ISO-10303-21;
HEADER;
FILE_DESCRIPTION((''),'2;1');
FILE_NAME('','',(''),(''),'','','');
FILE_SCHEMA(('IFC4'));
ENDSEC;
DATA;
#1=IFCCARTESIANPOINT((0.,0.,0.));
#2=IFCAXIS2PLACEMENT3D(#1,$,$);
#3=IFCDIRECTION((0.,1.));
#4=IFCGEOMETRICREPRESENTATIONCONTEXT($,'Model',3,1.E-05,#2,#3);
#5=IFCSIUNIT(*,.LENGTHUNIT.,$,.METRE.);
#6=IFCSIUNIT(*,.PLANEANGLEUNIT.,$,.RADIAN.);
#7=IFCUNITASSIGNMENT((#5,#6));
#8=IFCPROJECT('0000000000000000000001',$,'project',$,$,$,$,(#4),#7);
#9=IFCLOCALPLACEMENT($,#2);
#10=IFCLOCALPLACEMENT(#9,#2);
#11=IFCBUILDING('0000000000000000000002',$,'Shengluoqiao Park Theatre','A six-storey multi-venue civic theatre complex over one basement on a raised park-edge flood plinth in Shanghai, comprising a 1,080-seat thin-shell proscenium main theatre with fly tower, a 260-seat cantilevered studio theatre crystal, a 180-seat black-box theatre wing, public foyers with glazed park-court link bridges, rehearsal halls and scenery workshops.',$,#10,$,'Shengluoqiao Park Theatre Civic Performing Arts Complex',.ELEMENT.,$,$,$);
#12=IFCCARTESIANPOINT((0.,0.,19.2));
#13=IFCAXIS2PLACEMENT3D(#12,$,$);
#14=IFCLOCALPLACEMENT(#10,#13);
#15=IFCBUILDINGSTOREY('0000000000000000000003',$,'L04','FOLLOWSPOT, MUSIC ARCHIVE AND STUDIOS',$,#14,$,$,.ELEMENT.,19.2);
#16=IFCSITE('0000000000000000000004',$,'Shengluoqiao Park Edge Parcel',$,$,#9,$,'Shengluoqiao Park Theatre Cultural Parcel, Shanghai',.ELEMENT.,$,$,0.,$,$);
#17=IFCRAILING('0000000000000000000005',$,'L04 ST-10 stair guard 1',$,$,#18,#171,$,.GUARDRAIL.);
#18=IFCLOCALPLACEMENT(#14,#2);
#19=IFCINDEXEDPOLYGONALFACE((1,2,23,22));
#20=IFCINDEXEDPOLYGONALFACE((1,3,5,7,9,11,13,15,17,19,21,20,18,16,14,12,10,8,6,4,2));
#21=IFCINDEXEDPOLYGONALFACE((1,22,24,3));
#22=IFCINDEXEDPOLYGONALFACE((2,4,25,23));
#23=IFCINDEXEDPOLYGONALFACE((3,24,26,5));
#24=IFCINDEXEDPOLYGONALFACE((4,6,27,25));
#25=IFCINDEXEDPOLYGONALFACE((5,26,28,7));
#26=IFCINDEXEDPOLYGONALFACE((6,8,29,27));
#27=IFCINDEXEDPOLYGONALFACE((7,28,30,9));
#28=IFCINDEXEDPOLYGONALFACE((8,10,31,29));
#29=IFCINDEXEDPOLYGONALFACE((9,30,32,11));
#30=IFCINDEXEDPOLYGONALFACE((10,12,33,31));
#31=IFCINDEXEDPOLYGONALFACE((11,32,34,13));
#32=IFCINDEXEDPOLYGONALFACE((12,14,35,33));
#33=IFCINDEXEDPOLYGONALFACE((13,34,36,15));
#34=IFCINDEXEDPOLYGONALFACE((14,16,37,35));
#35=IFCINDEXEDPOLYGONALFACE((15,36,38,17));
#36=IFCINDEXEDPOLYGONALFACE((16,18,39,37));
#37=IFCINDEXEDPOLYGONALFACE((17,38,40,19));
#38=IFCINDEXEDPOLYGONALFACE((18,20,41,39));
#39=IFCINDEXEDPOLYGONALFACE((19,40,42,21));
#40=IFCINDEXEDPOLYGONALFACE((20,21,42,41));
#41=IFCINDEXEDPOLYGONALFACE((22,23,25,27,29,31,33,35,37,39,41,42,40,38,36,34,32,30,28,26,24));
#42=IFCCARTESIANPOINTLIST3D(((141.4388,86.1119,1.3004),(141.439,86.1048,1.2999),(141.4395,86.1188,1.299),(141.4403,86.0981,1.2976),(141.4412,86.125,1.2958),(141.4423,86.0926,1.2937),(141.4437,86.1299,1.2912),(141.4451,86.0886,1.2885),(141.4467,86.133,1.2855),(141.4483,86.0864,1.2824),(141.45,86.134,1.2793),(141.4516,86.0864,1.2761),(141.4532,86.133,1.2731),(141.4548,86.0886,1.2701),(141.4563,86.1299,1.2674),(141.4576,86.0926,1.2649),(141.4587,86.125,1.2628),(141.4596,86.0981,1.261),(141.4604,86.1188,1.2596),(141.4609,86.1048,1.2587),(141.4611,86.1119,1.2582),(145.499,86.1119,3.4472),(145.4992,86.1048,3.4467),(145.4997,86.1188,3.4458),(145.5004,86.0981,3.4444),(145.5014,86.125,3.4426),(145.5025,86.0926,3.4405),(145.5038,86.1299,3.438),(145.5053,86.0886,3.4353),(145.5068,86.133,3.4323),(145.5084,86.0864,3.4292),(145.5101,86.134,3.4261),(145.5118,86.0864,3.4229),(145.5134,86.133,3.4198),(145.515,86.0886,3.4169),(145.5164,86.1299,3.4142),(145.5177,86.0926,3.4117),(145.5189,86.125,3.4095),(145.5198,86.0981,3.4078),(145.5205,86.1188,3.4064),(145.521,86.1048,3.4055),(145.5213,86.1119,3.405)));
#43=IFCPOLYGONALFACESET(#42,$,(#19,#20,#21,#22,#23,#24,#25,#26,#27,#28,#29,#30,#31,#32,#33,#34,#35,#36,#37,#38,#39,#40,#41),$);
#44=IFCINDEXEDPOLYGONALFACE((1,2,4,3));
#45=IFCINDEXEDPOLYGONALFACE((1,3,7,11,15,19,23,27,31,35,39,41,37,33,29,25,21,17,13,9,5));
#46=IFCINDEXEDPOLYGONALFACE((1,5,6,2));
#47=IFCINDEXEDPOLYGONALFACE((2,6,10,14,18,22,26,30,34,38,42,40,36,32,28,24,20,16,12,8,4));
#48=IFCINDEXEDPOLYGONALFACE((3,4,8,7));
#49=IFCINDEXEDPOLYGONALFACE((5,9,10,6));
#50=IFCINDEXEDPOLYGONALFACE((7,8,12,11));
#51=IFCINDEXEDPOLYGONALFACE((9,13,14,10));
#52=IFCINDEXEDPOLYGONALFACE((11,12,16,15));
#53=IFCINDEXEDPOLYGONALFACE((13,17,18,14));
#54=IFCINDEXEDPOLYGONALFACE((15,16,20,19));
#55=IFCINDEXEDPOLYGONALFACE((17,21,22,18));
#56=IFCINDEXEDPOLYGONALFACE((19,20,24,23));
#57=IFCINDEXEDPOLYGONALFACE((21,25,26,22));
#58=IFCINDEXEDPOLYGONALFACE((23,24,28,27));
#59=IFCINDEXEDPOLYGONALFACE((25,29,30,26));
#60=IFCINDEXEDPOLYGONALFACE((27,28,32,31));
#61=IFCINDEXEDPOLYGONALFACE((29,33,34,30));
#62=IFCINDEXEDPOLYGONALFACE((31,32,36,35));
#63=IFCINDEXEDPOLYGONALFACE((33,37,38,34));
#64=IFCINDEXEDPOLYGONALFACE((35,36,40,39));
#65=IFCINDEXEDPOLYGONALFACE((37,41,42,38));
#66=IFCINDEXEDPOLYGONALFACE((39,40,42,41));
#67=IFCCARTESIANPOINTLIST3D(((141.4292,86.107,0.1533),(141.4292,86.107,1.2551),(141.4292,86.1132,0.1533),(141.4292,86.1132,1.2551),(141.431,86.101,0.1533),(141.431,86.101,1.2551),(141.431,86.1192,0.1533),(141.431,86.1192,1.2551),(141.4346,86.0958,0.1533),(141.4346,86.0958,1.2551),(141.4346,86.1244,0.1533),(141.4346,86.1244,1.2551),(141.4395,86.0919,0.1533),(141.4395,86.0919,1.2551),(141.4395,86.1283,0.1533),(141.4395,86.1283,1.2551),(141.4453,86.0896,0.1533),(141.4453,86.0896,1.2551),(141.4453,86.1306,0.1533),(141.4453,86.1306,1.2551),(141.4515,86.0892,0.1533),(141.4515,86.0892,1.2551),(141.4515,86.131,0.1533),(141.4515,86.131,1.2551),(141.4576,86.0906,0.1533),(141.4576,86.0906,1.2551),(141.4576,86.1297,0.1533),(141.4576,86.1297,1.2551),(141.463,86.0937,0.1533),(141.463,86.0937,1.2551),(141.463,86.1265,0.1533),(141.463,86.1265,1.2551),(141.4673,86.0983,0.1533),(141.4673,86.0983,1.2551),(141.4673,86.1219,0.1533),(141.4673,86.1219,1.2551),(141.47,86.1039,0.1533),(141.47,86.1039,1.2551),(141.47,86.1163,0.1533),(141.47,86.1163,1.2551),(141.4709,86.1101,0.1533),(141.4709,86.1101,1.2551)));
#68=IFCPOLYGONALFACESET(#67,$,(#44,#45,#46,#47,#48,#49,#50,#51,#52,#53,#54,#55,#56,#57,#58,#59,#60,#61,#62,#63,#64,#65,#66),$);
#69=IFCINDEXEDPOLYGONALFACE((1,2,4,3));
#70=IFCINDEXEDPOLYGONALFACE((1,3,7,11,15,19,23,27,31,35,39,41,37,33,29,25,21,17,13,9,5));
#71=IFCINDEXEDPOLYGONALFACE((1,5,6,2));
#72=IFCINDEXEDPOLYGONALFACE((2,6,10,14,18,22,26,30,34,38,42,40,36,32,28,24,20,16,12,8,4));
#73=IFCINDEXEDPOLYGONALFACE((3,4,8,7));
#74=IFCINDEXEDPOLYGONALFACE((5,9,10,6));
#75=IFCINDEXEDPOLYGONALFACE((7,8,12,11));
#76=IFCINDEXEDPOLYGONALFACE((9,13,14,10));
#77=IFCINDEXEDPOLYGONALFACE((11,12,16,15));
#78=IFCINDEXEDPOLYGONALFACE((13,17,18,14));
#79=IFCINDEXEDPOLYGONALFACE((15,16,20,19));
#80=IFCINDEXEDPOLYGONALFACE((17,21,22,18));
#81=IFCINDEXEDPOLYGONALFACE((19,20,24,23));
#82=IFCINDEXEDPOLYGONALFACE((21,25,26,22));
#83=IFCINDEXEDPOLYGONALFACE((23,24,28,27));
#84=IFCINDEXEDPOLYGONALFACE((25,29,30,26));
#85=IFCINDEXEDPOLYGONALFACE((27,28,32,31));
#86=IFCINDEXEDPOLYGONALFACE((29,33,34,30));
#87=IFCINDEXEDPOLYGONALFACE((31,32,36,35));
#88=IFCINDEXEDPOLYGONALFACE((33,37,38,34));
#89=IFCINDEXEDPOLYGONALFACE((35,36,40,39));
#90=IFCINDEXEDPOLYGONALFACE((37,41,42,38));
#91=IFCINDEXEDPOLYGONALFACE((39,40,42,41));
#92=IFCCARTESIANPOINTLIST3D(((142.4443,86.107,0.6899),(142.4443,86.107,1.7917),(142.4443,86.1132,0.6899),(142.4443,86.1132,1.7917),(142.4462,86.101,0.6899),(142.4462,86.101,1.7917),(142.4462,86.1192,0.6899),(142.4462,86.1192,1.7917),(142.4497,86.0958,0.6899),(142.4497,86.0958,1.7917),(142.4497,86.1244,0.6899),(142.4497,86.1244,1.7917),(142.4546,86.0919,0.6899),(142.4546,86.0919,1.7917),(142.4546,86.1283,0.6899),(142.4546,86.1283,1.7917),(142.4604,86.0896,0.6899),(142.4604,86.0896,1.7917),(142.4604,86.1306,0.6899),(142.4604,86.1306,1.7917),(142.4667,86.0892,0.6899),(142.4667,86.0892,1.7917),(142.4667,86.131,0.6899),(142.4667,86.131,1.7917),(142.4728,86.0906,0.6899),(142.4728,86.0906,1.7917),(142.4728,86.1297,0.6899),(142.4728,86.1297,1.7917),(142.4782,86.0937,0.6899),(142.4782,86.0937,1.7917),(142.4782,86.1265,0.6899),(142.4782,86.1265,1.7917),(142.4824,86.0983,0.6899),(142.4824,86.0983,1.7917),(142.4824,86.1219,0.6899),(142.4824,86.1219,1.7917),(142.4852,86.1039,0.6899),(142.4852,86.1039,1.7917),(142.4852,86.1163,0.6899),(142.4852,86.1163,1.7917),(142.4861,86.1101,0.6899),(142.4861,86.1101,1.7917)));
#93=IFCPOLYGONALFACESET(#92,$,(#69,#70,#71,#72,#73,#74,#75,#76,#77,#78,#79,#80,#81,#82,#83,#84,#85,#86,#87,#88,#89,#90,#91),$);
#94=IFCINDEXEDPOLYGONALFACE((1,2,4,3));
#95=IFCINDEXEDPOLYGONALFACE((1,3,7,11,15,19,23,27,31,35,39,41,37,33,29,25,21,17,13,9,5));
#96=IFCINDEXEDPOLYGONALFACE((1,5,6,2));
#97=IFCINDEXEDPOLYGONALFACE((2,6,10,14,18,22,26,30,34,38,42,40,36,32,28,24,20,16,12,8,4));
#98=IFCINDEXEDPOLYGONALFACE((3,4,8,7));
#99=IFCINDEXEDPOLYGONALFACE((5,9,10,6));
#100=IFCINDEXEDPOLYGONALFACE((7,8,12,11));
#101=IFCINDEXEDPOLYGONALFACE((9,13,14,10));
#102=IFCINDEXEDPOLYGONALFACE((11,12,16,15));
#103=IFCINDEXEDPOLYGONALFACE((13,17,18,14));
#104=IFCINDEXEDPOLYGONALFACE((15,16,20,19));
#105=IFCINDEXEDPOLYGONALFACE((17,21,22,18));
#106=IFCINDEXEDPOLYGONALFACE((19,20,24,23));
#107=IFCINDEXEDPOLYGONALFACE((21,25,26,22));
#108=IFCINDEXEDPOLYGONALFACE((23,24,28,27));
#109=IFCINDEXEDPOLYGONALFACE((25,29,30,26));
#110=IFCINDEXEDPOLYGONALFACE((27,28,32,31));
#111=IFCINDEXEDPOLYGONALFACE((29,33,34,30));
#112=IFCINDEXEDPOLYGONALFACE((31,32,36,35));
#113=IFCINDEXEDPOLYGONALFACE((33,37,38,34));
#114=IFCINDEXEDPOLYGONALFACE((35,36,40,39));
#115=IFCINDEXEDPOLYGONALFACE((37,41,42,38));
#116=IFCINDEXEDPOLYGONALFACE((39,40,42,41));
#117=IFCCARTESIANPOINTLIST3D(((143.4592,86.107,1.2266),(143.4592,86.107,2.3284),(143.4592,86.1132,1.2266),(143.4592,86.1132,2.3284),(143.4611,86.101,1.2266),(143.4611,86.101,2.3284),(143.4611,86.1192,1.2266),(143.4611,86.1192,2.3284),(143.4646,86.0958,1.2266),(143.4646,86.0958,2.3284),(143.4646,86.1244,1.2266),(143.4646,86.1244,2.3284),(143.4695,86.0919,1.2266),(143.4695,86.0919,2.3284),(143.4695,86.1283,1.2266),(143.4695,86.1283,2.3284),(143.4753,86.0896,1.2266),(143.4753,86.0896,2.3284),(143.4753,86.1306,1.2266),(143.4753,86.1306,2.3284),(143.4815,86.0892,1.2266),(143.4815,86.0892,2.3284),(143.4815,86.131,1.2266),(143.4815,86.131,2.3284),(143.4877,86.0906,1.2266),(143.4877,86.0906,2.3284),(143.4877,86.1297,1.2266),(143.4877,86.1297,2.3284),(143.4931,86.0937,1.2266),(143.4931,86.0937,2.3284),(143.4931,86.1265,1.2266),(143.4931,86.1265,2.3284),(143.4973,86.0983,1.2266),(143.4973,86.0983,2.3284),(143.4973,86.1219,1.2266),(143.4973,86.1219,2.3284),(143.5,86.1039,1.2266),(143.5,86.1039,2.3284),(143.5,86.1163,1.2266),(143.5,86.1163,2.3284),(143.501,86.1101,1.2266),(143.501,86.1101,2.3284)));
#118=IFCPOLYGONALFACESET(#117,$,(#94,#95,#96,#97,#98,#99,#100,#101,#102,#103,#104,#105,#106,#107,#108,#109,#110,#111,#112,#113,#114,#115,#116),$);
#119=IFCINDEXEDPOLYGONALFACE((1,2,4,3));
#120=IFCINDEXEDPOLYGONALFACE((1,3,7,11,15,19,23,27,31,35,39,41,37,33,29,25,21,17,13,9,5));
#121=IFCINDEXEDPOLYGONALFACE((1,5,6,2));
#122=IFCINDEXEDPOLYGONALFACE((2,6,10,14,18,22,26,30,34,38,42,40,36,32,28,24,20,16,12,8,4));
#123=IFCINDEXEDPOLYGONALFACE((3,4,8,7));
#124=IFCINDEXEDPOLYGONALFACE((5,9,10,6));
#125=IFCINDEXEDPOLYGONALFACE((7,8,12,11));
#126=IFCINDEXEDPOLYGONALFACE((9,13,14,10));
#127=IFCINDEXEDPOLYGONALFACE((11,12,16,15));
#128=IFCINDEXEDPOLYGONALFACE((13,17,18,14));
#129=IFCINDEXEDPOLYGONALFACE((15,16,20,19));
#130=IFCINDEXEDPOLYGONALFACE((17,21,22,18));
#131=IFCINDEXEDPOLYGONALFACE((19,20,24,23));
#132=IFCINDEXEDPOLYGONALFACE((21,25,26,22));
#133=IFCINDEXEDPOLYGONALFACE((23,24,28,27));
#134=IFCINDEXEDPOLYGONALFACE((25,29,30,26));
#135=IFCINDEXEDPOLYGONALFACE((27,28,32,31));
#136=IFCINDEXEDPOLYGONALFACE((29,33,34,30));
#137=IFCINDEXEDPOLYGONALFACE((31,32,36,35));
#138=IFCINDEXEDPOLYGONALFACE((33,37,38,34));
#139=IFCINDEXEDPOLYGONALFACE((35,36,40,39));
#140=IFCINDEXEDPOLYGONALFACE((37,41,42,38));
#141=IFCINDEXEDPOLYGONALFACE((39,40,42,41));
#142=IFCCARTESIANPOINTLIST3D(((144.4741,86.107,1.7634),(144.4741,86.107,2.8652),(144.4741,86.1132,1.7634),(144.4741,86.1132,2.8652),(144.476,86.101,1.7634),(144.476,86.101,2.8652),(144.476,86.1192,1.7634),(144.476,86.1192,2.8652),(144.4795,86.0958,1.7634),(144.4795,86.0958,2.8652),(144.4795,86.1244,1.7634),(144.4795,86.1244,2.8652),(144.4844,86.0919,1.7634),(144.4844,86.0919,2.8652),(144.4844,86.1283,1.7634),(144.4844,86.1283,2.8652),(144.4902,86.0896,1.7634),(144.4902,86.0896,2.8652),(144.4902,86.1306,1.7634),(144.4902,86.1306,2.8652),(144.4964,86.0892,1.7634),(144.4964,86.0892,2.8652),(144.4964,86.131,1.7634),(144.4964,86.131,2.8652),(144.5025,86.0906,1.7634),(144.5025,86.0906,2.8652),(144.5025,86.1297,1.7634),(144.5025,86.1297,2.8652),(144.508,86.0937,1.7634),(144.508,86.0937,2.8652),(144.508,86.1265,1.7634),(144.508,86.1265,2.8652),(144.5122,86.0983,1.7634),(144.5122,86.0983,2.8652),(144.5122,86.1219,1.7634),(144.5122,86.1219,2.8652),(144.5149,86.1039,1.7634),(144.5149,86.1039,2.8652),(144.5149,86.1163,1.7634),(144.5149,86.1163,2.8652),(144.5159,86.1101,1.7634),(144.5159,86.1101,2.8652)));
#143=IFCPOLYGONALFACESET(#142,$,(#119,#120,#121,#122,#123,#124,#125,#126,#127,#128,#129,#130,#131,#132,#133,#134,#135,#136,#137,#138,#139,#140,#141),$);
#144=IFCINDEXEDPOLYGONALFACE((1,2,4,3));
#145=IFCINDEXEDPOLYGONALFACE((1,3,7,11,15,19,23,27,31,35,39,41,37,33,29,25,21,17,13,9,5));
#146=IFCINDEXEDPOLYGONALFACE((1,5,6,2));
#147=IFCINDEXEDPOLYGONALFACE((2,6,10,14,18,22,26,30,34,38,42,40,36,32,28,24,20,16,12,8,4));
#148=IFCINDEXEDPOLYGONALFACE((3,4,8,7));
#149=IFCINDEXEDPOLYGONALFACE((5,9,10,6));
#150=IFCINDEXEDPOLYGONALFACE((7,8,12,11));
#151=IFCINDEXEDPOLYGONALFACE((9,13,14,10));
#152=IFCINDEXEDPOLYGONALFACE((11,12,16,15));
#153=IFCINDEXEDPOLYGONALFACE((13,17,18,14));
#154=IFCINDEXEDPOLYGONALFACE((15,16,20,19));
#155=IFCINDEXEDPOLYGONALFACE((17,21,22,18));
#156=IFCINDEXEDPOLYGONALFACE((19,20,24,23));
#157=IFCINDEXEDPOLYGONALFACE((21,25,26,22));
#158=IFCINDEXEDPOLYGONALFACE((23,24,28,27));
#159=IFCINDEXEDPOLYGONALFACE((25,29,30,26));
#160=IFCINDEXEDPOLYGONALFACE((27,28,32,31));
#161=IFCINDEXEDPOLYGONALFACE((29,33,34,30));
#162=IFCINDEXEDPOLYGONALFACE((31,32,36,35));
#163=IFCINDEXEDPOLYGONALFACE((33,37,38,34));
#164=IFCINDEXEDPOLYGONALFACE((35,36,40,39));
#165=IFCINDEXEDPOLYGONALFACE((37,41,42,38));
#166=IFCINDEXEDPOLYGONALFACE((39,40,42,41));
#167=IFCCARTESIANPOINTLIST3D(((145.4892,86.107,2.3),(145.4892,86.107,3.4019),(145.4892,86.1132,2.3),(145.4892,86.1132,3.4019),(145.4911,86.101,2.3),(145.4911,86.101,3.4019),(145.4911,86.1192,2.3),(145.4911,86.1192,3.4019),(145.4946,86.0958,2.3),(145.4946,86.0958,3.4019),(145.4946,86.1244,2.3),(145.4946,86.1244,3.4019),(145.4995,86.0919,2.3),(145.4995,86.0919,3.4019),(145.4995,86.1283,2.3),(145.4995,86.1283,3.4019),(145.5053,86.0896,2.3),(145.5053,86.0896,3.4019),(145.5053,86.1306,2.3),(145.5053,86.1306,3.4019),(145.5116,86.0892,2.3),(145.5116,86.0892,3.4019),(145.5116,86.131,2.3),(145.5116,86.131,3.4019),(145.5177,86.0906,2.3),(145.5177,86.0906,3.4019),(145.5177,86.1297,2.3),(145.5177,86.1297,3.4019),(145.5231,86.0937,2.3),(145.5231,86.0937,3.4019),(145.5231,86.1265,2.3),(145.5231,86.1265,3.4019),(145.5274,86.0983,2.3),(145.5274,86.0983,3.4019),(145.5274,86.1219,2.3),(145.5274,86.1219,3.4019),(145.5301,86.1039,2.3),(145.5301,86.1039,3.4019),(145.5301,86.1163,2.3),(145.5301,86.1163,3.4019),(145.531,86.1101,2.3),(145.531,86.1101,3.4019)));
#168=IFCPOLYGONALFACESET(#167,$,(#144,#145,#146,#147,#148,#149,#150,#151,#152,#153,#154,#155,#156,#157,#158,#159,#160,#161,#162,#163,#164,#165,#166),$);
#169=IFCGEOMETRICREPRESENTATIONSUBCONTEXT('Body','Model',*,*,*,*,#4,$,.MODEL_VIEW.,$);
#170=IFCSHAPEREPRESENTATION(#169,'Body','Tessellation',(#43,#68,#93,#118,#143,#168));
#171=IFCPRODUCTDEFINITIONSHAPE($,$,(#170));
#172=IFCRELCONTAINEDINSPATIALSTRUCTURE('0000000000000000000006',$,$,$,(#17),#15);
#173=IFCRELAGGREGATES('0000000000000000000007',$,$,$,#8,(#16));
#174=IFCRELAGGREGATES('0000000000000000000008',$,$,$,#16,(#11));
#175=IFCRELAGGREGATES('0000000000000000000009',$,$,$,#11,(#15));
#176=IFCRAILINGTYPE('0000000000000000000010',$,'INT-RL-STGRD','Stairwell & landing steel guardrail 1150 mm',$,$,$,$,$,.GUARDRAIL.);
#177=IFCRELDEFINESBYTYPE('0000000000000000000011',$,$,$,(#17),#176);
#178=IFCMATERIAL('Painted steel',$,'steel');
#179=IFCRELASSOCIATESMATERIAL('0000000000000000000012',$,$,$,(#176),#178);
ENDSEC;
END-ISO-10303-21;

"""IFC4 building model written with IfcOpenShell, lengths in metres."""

from ifc_helpers import new_model, si_unit, direction, frame, origin, origin_2d, place, context, subcontext, project, spatial, circle, extrude, material, type_object, element, save


model = new_model("IFC4")

# Units and contexts
model_context = context("Model", 3, precision=1e-05, world=origin(), true_north=direction((0.0, 1.0)))
body_context = subcontext(model_context, "Body", "Model", "MODEL_VIEW")
ifc_project = project(units=[si_unit("LENGTHUNIT", "METRE"), si_unit("PLANEANGLEUNIT", "RADIAN")], contexts=[model_context])

# Site, building, storey
site_placement = place(None, origin())
site = spatial("IfcSite", under=ifc_project, at=site_placement, Name="Shengluoqiao Park Edge Parcel", LongName="Shengluoqiao Park Theatre Cultural Parcel, Shanghai", CompositionType="ELEMENT", RefElevation=0.0)
building_placement = place(site_placement, origin())
building = spatial("IfcBuilding", under=site, at=building_placement, Name="Shengluoqiao Park Theatre", Description="A six-storey multi-venue civic theatre complex over one basement on a raised park-edge flood plinth in Shanghai, comprising a 1,080-seat thin-shell proscenium main theatre with fly tower, a 260-seat cantilevered studio theatre crystal, a 180-seat black-box theatre wing, public foyers with glazed park-court link bridges, rehearsal halls and scenery workshops.", LongName="Shengluoqiao Park Theatre Civic Performing Arts Complex", CompositionType="ELEMENT")
storey_placement = place(building_placement, frame((0.0, 0.0, 19.2)))
storey = spatial("IfcBuildingStorey", under=building, at=storey_placement, Name="L04", Description="FOLLOWSPOT, MUSIC ARCHIVE AND STUDIOS", CompositionType="ELEMENT", Elevation=19.2)

# Railing
ifc_material_1 = material(Name="Painted steel", Category="steel")
railing_type_1 = type_object("IfcRailingType", Name="INT-RL-STGRD", Description="Stairwell & landing steel guardrail 1150 mm", PredefinedType="GUARDRAIL", material=ifc_material_1)
railing_1_placement = place(storey_placement, frame((141.45, 86.1101, 0.1533)))
element("IfcRailing", 1, at=railing_1_placement, inside=storey, type_object=railing_type_1, Name="L04 ST-10 stair guard 1", PredefinedType="GUARDRAIL", context=body_context, shape_type="SweptSolid", body=[
    extrude(circle(Radius=0.0239, at=origin_2d()), frame((0.0, 0.0, 1.126), z_axis=(0.884032, 0.0, 0.467426), x_axis=(0.0, 1.0, 0.0)), (0.0, 0.0, 1.0), 4.5928),
    extrude(circle(Radius=0.021, at=origin_2d()), origin(), (0.0, 0.0, 1.0), 1.1018),
    extrude(circle(Radius=0.021, at=origin_2d()), frame((1.0151, 0.0, 0.5366)), (0.0, 0.0, 1.0), 1.1018),
    extrude(circle(Radius=0.021, at=origin_2d()), frame((2.03, 0.0, 1.0732)), (0.0, 0.0, 1.0), 1.1018),
    extrude(circle(Radius=0.021, at=origin_2d()), frame((3.0449, 0.0, 1.6101)), (0.0, 0.0, 1.0), 1.1018),
    extrude(circle(Radius=0.021, at=origin_2d()), frame((4.0601, 0.0, 2.1467)), (0.0, 0.0, 1.0), 1.1018),
])

save(model, "model.ifc")
